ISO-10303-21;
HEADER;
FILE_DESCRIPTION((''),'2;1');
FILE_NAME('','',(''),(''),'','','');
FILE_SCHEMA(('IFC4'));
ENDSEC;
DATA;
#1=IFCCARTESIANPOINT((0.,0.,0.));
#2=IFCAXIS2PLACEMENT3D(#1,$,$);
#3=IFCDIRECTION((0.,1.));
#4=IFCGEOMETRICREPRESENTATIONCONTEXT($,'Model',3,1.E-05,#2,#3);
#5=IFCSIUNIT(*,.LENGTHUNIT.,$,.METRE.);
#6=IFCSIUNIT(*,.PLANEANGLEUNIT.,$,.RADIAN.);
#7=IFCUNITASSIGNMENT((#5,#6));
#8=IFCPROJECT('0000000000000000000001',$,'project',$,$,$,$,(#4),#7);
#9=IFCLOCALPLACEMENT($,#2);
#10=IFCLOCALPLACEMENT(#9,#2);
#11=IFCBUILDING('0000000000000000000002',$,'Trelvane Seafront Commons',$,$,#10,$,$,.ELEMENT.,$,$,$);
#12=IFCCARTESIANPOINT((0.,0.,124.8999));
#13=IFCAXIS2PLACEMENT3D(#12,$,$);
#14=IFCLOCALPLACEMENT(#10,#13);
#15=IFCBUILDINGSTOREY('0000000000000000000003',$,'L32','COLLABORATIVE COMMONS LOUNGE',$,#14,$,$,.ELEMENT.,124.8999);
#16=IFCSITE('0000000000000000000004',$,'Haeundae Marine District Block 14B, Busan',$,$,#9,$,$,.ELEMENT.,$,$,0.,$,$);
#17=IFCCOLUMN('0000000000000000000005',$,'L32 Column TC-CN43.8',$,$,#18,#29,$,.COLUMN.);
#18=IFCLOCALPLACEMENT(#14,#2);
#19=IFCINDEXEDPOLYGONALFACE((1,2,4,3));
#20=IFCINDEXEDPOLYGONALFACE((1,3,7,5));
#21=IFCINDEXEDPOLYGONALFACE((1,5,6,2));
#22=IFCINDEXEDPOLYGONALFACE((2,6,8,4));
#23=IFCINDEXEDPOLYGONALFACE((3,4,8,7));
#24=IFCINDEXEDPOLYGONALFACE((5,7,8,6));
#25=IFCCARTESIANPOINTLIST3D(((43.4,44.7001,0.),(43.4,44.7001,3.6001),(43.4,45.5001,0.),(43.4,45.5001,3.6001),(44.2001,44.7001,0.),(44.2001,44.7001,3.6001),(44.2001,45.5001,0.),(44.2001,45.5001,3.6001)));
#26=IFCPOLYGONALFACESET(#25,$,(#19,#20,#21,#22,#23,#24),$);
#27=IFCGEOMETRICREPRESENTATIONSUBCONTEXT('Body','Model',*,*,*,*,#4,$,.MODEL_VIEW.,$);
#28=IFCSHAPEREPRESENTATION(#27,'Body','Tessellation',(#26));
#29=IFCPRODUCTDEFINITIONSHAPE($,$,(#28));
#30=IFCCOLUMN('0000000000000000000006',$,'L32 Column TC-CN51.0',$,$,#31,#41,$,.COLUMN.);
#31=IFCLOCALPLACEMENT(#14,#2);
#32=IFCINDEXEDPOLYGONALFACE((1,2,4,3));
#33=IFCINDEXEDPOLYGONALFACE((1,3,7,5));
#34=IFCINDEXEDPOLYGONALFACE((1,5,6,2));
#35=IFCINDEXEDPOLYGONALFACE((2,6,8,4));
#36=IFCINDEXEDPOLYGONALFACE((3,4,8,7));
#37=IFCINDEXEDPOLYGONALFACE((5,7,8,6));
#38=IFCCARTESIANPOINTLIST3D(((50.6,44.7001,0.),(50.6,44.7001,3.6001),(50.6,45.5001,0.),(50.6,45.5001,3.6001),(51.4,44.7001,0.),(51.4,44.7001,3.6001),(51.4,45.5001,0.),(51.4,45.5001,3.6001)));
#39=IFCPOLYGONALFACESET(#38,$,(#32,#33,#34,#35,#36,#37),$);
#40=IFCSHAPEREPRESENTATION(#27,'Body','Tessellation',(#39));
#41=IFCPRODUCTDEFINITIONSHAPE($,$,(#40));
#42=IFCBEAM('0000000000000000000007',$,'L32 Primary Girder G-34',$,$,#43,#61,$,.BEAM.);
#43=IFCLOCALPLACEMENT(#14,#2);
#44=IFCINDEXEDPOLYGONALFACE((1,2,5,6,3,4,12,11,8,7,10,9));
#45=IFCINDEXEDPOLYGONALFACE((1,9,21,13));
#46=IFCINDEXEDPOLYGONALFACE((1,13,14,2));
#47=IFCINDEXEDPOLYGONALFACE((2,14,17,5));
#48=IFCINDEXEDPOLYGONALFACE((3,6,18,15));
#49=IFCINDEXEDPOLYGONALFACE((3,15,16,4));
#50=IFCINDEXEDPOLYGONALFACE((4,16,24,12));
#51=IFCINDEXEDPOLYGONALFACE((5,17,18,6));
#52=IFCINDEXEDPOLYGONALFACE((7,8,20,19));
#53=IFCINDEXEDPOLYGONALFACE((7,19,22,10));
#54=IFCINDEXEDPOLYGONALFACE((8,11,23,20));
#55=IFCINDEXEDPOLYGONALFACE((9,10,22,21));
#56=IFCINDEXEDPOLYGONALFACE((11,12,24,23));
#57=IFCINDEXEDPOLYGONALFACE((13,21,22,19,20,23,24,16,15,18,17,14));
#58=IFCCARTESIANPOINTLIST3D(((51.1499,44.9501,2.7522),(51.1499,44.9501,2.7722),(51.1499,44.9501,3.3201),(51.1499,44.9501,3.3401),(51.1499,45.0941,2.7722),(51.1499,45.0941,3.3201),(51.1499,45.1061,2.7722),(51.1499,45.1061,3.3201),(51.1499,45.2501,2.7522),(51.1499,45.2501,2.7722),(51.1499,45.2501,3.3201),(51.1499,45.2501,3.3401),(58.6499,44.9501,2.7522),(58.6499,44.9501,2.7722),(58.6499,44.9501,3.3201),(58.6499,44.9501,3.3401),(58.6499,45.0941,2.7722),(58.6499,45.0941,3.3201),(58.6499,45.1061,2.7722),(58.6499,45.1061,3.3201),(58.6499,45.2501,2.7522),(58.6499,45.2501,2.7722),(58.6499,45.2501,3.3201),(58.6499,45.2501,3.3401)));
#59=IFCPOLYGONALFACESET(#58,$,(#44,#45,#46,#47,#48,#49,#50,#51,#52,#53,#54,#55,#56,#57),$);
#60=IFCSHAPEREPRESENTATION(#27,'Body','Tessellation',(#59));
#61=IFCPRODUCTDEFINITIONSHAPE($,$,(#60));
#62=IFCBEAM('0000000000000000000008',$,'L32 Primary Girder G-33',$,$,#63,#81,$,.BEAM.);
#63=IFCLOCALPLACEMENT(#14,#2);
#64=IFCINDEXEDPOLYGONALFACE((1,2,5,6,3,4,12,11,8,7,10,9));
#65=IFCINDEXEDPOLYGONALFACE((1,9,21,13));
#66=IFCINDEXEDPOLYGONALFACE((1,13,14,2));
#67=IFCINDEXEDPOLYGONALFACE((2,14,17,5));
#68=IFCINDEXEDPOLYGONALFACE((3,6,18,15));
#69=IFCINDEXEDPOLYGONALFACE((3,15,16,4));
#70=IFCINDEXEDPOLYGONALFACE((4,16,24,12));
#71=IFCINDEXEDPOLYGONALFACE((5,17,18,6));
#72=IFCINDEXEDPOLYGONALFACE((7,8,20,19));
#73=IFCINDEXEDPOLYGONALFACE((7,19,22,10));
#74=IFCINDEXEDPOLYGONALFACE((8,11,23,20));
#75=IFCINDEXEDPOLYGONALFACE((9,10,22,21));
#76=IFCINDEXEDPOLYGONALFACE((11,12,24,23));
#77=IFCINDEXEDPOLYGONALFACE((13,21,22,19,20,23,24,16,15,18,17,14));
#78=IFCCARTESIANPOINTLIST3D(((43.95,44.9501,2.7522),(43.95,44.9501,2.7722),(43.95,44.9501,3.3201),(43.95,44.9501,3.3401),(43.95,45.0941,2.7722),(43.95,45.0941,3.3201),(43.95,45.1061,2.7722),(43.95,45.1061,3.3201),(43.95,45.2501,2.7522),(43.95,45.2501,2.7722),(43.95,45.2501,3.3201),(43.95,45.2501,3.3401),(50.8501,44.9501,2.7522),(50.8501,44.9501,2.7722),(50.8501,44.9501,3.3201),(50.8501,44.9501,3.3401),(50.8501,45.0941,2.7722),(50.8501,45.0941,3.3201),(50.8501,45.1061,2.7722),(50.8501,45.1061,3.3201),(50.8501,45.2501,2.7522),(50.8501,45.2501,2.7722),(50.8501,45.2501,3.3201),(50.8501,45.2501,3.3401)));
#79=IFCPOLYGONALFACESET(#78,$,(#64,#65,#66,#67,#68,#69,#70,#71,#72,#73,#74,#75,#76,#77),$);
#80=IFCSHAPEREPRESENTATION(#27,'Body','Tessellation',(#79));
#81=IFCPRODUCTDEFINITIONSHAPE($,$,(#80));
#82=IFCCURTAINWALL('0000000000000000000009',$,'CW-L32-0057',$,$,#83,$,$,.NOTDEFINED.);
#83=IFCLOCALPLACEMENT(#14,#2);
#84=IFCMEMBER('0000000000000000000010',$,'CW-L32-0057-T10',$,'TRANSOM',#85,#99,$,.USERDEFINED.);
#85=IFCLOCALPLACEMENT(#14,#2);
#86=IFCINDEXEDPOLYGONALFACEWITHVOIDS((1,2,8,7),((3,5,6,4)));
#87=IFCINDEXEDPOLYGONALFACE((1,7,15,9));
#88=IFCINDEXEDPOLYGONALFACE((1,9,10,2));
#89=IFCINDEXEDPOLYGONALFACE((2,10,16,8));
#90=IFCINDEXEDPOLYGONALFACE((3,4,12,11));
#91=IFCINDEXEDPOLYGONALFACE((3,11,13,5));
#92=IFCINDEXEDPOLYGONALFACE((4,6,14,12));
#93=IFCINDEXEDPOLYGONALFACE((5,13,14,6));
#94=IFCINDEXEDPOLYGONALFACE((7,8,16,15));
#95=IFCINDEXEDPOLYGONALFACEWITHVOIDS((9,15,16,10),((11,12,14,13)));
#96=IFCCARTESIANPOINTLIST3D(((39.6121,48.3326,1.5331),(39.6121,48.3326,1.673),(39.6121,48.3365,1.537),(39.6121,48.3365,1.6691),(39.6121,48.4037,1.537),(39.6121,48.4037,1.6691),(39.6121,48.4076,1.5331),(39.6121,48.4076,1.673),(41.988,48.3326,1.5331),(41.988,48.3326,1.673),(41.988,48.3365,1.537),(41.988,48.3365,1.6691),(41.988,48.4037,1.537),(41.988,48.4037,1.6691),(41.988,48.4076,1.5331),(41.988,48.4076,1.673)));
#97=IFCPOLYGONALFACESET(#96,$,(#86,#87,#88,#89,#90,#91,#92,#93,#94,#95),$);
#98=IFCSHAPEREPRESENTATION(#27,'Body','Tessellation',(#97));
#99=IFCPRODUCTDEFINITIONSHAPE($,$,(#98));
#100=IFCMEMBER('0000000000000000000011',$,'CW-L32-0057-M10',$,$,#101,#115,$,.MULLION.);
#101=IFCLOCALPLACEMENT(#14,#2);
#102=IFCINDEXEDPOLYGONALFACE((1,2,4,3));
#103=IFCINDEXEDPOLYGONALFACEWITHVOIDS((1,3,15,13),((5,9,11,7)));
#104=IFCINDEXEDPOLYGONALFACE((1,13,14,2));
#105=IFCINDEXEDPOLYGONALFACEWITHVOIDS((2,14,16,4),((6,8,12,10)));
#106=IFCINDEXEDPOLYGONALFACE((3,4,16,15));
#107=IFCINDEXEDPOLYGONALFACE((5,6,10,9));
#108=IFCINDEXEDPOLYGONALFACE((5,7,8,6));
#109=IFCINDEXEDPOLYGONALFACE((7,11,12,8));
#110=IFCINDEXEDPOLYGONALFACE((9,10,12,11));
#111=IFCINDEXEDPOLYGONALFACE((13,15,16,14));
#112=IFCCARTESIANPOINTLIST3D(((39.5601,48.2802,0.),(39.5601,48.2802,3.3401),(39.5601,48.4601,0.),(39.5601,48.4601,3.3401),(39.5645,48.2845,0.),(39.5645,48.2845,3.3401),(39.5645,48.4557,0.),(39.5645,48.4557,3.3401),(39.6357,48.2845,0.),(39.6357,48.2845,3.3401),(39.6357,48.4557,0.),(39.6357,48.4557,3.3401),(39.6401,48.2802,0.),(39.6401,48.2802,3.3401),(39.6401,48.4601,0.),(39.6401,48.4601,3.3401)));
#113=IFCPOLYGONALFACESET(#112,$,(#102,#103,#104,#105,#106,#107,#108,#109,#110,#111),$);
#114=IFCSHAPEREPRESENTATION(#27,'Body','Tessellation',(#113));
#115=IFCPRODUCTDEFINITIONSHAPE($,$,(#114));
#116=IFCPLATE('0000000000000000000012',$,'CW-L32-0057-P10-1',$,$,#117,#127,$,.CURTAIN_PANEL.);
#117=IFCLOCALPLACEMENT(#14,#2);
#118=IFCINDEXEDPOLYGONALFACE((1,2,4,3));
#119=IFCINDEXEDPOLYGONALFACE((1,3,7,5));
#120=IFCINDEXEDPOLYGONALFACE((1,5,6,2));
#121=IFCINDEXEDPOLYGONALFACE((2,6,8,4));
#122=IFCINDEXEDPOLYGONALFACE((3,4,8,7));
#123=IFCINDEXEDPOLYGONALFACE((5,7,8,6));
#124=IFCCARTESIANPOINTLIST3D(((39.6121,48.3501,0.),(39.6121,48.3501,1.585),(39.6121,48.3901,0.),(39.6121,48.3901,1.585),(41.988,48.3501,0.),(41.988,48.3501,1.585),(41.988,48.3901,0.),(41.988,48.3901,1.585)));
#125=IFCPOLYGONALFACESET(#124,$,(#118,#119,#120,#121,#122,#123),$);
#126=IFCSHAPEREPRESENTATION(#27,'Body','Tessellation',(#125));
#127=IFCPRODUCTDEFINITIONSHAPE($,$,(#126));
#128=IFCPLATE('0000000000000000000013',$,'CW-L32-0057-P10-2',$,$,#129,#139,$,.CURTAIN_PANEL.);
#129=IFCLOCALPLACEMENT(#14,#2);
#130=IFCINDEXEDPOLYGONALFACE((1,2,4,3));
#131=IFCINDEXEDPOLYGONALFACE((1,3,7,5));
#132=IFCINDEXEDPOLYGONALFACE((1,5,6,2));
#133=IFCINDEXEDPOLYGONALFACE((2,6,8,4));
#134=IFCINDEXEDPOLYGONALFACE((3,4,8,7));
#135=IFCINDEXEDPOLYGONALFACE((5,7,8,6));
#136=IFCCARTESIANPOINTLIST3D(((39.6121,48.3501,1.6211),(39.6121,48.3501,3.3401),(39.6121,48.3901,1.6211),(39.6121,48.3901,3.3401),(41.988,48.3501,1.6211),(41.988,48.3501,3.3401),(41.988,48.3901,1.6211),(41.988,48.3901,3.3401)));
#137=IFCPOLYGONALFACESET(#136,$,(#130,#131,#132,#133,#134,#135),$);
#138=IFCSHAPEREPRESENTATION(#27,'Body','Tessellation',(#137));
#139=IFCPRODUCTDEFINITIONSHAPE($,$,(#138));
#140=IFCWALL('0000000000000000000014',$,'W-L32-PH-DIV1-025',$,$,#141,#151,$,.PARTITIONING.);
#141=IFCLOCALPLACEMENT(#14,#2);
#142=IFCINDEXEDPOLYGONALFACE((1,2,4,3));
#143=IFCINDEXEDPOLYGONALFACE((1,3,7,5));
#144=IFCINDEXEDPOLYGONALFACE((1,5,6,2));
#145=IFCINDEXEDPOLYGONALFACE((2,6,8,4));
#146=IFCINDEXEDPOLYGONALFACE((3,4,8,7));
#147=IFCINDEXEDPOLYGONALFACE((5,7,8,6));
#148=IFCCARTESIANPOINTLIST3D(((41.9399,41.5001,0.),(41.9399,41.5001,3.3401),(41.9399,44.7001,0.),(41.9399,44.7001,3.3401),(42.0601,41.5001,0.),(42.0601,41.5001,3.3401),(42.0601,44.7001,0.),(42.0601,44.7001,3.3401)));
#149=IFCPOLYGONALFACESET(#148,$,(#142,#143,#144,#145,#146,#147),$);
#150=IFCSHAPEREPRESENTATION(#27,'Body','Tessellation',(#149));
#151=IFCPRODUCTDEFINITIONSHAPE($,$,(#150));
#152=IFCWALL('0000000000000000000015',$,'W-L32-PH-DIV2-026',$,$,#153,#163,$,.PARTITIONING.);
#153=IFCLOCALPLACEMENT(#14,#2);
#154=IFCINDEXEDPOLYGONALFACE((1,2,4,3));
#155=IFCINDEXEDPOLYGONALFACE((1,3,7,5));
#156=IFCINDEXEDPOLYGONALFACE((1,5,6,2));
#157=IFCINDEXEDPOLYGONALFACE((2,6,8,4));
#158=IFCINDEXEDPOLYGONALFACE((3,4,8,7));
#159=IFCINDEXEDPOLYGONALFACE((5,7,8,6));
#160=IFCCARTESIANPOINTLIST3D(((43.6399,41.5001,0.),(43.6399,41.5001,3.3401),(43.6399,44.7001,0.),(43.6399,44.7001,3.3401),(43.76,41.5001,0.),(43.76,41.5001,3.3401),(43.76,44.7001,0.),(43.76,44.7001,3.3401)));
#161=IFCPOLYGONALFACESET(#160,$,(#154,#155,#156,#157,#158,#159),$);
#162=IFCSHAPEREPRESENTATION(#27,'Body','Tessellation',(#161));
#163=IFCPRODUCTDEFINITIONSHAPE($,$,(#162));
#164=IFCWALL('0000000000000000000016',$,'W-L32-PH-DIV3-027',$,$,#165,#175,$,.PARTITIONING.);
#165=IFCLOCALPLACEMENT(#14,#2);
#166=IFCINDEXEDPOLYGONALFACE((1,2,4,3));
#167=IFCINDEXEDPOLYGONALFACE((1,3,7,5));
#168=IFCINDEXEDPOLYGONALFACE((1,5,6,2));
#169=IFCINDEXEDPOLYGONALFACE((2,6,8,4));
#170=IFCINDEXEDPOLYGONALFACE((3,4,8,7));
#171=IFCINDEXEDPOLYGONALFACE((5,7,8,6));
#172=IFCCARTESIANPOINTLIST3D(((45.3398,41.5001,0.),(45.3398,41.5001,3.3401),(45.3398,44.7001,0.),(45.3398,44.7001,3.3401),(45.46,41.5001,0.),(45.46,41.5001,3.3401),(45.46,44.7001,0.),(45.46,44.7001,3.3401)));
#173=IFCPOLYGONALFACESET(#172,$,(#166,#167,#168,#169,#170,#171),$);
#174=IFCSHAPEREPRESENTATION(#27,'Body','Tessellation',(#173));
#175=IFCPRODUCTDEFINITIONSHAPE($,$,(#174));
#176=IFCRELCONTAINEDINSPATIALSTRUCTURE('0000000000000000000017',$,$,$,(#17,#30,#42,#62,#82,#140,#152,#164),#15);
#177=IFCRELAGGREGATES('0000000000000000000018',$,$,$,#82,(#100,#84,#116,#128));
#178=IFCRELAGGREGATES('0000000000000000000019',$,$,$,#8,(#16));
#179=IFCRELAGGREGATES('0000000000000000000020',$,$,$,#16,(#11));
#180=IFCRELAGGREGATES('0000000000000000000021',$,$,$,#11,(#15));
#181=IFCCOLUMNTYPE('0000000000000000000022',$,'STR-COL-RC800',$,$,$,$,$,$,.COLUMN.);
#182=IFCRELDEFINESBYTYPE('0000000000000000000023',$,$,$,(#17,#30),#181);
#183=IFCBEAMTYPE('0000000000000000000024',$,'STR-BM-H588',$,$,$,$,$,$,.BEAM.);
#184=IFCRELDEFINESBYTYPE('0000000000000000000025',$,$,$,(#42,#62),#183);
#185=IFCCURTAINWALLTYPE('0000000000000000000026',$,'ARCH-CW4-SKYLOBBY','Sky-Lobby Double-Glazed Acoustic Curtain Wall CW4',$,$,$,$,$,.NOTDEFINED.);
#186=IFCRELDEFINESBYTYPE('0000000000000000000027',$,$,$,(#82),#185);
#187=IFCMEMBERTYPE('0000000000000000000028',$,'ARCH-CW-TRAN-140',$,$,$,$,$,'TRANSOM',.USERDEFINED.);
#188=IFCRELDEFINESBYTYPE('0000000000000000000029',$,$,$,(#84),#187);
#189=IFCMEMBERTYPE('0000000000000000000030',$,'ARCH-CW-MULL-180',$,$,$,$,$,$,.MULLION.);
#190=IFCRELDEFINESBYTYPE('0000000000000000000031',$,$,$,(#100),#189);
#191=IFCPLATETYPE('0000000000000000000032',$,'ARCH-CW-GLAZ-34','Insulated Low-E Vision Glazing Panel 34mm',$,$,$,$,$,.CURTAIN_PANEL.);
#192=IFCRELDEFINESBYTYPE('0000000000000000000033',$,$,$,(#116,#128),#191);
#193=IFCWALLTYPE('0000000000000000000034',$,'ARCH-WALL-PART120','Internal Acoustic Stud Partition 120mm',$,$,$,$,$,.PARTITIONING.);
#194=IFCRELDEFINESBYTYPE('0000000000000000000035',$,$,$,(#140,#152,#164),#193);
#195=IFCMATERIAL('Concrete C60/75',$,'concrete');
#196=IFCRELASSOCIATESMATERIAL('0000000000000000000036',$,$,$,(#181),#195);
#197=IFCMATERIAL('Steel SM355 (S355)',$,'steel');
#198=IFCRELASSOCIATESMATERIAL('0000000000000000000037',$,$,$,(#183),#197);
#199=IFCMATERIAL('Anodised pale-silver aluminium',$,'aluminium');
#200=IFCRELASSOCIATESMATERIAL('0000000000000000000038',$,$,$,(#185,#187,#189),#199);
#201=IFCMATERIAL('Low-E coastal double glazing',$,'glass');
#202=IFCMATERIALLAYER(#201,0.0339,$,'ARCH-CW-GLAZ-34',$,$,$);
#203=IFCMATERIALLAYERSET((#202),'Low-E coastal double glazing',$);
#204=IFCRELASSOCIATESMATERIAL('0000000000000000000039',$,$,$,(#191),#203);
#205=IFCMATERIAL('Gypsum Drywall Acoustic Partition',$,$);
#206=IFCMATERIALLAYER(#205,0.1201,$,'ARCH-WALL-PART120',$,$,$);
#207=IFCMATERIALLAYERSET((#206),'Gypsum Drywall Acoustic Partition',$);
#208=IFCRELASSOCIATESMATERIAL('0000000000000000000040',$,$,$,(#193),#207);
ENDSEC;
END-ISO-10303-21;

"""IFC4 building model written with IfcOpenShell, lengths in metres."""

from ifc_helpers import new_model, si_unit, direction, frame, frame_2d, origin, origin_2d, place, context, subcontext, project, spatial, rectangle, hollow_rectangle, i_section, extrude, source, transform, mapped, material, layer, layer_set, material_profile, profile_set, type_object, element, aggregate, save


model = new_model("IFC4")

# Units and contexts
model_context = context("Model", 3, precision=1e-05, world=origin(), true_north=direction((0.0, 1.0)))
body_context = subcontext(model_context, "Body", "Model", "MODEL_VIEW")
ifc_project = project(units=[si_unit("LENGTHUNIT", "METRE"), si_unit("PLANEANGLEUNIT", "RADIAN")], contexts=[model_context])

# Site, building, storey
site_placement = place(None, origin())
site = spatial("IfcSite", under=ifc_project, at=site_placement, Name="Haeundae Marine District Block 14B, Busan", CompositionType="ELEMENT", RefElevation=0.0)
building_placement = place(site_placement, origin())
building = spatial("IfcBuilding", under=site, at=building_placement, Name="Trelvane Seafront Commons", CompositionType="ELEMENT")
storey_placement = place(building_placement, frame((0.0, 0.0, 124.8999)))
storey = spatial("IfcBuildingStorey", under=building, at=storey_placement, Name="L32", Description="COLLABORATIVE COMMONS LOUNGE", CompositionType="ELEMENT", Elevation=124.8999)

# Columns
ifc_material_1 = material(Name="Concrete C60/75", Category="concrete")
ifc_material_profile_1 = material_profile(ifc_material_1, rectangle(XDim=0.8, YDim=0.8, at=origin_2d()), Name="RC-800x800")
ifc_profile_set_1 = profile_set([ifc_material_profile_1], Name="Concrete C60/75")
column_type = type_object("IfcColumnType", Name="STR-COL-RC800", PredefinedType="COLUMN", material=ifc_profile_set_1)
shared_shape_1 = source(origin(), body_context, "Body", "SweptSolid", [
    extrude(rectangle(XDim=0.8, YDim=0.8, at=origin_2d()), origin(), (0.0, 0.0, 1.0), 3.6001),
])
for number, where, z_axis, x_axis, name in (
    (1, (43.8, 45.1001, 0.0), (0.0, 0.0, 1.0), (1.0, 0.0, 0.0), "L32 Column TC-CN43.8"),
    (2, (51.0, 45.1001, 0.0), (0.0, 0.0, 1.0), (1.0, 0.0, 0.0), "L32 Column TC-CN51.0"),
):
    element("IfcColumn", number, at=place(storey_placement, frame(where, z_axis=z_axis, x_axis=x_axis)), inside=storey, type_object=column_type, Name=name, PredefinedType="COLUMN", context=body_context, shape_type="MappedRepresentation", body=[
        mapped(shared_shape_1, transform((0.0, 0.0, 0.0), x_axis=(1.0, 0.0, 0.0), y_axis=(0.0, 1.0, 0.0), z_axis=(0.0, 0.0, 1.0), scale=1.0)),
    ])

# Beams
ifc_material_2 = material(Name="Steel SM355 (S355)", Category="steel")
ifc_material_profile_2 = material_profile(ifc_material_2, i_section(OverallWidth=0.3, OverallDepth=0.5879, WebThickness=0.012, FlangeThickness=0.02, at=origin_2d()), Name="H-588x300x12x20")
ifc_profile_set_2 = profile_set([ifc_material_profile_2], Name="Steel SM355 (S355)")
beam_type = type_object("IfcBeamType", Name="STR-BM-H588", PredefinedType="BEAM", material=ifc_profile_set_2)
shared_shape_2 = source(origin(), body_context, "Body", "SweptSolid", [
    extrude(i_section(OverallWidth=0.3, OverallDepth=0.5879, WebThickness=0.012, FlangeThickness=0.02, at=origin_2d()), origin(), (0.0, 0.0, 1.0), 7.5),
])
beam_1_placement = place(storey_placement, frame((51.1499, 45.1001, 3.0461), z_axis=(1.0, 0.0, 0.0), x_axis=(0.0, 1.0, 0.0)))
element("IfcBeam", 3, at=beam_1_placement, inside=storey, type_object=beam_type, Name="L32 Primary Girder G-34", PredefinedType="BEAM", context=body_context, shape_type="MappedRepresentation", body=[
    mapped(shared_shape_2, transform((0.0, 0.0, 0.0), x_axis=(1.0, 0.0, 0.0), y_axis=(0.0, 1.0, 0.0), z_axis=(0.0, 0.0, 1.0), scale=1.0)),
])
shared_shape_3 = source(origin(), body_context, "Body", "SweptSolid", [
    extrude(i_section(OverallWidth=0.3, OverallDepth=0.5879, WebThickness=0.012, FlangeThickness=0.02, at=origin_2d()), origin(), (0.0, 0.0, 1.0), 6.9001),
])
beam_2_placement = place(storey_placement, frame((43.95, 45.1001, 3.0461), z_axis=(1.0, 0.0, 0.0), x_axis=(0.0, 1.0, 0.0)))
element("IfcBeam", 4, at=beam_2_placement, inside=storey, type_object=beam_type, Name="L32 Primary Girder G-33", PredefinedType="BEAM", context=body_context, shape_type="MappedRepresentation", body=[
    mapped(shared_shape_3, transform((0.0, 0.0, 0.0), x_axis=(1.0, 0.0, 0.0), y_axis=(0.0, 1.0, 0.0), z_axis=(0.0, 0.0, 1.0), scale=1.0)),
])

# Curtain wall, members, plates
ifc_material_3 = material(Name="Anodised pale-silver aluminium", Category="aluminium")
curtain_wall_type = type_object("IfcCurtainWallType", Name="ARCH-CW4-SKYLOBBY", Description="Sky-Lobby Double-Glazed Acoustic Curtain Wall CW4", PredefinedType="NOTDEFINED", material=ifc_material_3)
curtain_wall_placement = place(storey_placement, origin())
curtain_wall = element("IfcCurtainWall", 5, at=curtain_wall_placement, inside=storey, type_object=curtain_wall_type, Name="CW-L32-0057", PredefinedType="NOTDEFINED")
ifc_material_profile_3 = material_profile(ifc_material_3, hollow_rectangle(XDim=0.075, YDim=0.1399, WallThickness=0.0039, at=origin_2d()), Name="TRAN-75x140x4")
ifc_profile_set_3 = profile_set([ifc_material_profile_3], Name="Anodised pale-silver aluminium")
member_type_1 = type_object("IfcMemberType", Name="ARCH-CW-TRAN-140", ElementType="TRANSOM", PredefinedType="USERDEFINED", material=ifc_profile_set_3)
shared_shape_4 = source(origin(), body_context, "Body", "SweptSolid", [
    extrude(hollow_rectangle(XDim=0.075, YDim=0.1399, WallThickness=0.0039, at=origin_2d()), origin(), (0.0, 0.0, 1.0), 2.376),
])
member_1_placement = place(storey_placement, frame((39.6121, 48.3701, 1.603), z_axis=(1.0, 0.0, 0.0), x_axis=(0.0, 1.0, 0.0)))
member_1 = element("IfcMember", 6, at=member_1_placement, type_object=member_type_1, Name="CW-L32-0057-T10", ObjectType="TRANSOM", PredefinedType="USERDEFINED", context=body_context, shape_type="MappedRepresentation", body=[
    mapped(shared_shape_4, transform((0.0, 0.0, 0.0), x_axis=(1.0, 0.0, 0.0), y_axis=(0.0, 1.0, 0.0), z_axis=(0.0, 0.0, 1.0), scale=1.0)),
])
ifc_material_profile_4 = material_profile(ifc_material_3, hollow_rectangle(XDim=0.0801, YDim=0.1799, WallThickness=0.0044, at=origin_2d()), Name="MULL-80x180x4.5")
ifc_profile_set_4 = profile_set([ifc_material_profile_4], Name="Anodised pale-silver aluminium")
member_type_2 = type_object("IfcMemberType", Name="ARCH-CW-MULL-180", PredefinedType="MULLION", material=ifc_profile_set_4)
shared_shape_5 = source(origin(), body_context, "Body", "SweptSolid", [
    extrude(hollow_rectangle(XDim=0.0801, YDim=0.1799, WallThickness=0.0044, at=origin_2d()), origin(), (0.0, 0.0, 1.0), 3.3401),
])
member_2_placement = place(storey_placement, frame((39.6001, 48.3701, 0.0), z_axis=(0.0, 0.0, 1.0), x_axis=(1.0, 0.0, 0.0)))
member_2 = element("IfcMember", 7, at=member_2_placement, type_object=member_type_2, Name="CW-L32-0057-M10", PredefinedType="MULLION", context=body_context, shape_type="MappedRepresentation", body=[
    mapped(shared_shape_5, transform((0.0, 0.0, 0.0), x_axis=(1.0, 0.0, 0.0), y_axis=(0.0, 1.0, 0.0), z_axis=(0.0, 0.0, 1.0), scale=1.0)),
])
ifc_material_4 = material(Name="Low-E coastal double glazing", Category="glass")
ifc_layer_1 = layer(ifc_material_4, 0.0339, Name="ARCH-CW-GLAZ-34")
ifc_layer_set_1 = layer_set([ifc_layer_1], Name="Low-E coastal double glazing")
plate_type = type_object("IfcPlateType", Name="ARCH-CW-GLAZ-34", Description="Insulated Low-E Vision Glazing Panel 34mm", PredefinedType="CURTAIN_PANEL", material=ifc_layer_set_1)
shared_shape_6 = source(origin(), body_context, "Body", "SweptSolid", [
    extrude(rectangle(XDim=2.376, YDim=0.04, at=origin_2d()), origin(), (0.0, 0.0, 1.0), 1.585),
])
plate_1_placement = place(storey_placement, frame((40.8, 48.3701, 0.0), z_axis=(0.0, 0.0, 1.0), x_axis=(1.0, 0.0, 0.0)))
plate_1 = element("IfcPlate", 8, at=plate_1_placement, type_object=plate_type, Name="CW-L32-0057-P10-1", PredefinedType="CURTAIN_PANEL", context=body_context, shape_type="MappedRepresentation", body=[
    mapped(shared_shape_6, transform((0.0, 0.0, 0.0), x_axis=(1.0, 0.0, 0.0), y_axis=(0.0, 1.0, 0.0), z_axis=(0.0, 0.0, 1.0), scale=1.0)),
])
shared_shape_7 = source(origin(), body_context, "Body", "SweptSolid", [
    extrude(rectangle(XDim=2.376, YDim=0.04, at=origin_2d()), origin(), (0.0, 0.0, 1.0), 1.719),
])
plate_2_placement = place(storey_placement, frame((40.8, 48.3701, 1.6211), z_axis=(0.0, 0.0, 1.0), x_axis=(1.0, 0.0, 0.0)))
plate_2 = element("IfcPlate", 9, at=plate_2_placement, type_object=plate_type, Name="CW-L32-0057-P10-2", PredefinedType="CURTAIN_PANEL", context=body_context, shape_type="MappedRepresentation", body=[
    mapped(shared_shape_7, transform((0.0, 0.0, 0.0), x_axis=(1.0, 0.0, 0.0), y_axis=(0.0, 1.0, 0.0), z_axis=(0.0, 0.0, 1.0), scale=1.0)),
])
aggregate(curtain_wall, [member_2, member_1, plate_1, plate_2])

# Walls
ifc_material_5 = material(Name="Gypsum Drywall Acoustic Partition")
ifc_layer_2 = layer(ifc_material_5, 0.1201, Name="ARCH-WALL-PART120")
ifc_layer_set_2 = layer_set([ifc_layer_2], Name="Gypsum Drywall Acoustic Partition")
wall_type_1 = type_object("IfcWallType", Name="ARCH-WALL-PART120", Description="Internal Acoustic Stud Partition 120mm", PredefinedType="PARTITIONING", material=ifc_layer_set_2)
for number, where, z_axis, x_axis, name in (
    (10, (42.0, 41.5, 0.0), (0.0, 0.0, 1.0), (0.0, 1.0, 0.0), "W-L32-PH-DIV1-025"),
    (11, (43.7, 41.5, 0.0), (0.0, 0.0, 1.0), (0.0, 1.0, 0.0), "W-L32-PH-DIV2-026"),
    (12, (45.3999, 41.5, 0.0), (0.0, 0.0, 1.0), (0.0, 1.0, 0.0), "W-L32-PH-DIV3-027"),
):
    element("IfcWall", number, at=place(storey_placement, frame(where, z_axis=z_axis, x_axis=x_axis)), inside=storey, type_object=wall_type_1, Name=name, PredefinedType="PARTITIONING", context=body_context, shape_type="SweptSolid", body=[
        extrude(rectangle(XDim=3.2, YDim=0.1201, at=frame_2d((1.6001, 0.0))), origin(), (0.0, 0.0, 1.0), 3.3401),
    ])

save(model, "model.ifc")
